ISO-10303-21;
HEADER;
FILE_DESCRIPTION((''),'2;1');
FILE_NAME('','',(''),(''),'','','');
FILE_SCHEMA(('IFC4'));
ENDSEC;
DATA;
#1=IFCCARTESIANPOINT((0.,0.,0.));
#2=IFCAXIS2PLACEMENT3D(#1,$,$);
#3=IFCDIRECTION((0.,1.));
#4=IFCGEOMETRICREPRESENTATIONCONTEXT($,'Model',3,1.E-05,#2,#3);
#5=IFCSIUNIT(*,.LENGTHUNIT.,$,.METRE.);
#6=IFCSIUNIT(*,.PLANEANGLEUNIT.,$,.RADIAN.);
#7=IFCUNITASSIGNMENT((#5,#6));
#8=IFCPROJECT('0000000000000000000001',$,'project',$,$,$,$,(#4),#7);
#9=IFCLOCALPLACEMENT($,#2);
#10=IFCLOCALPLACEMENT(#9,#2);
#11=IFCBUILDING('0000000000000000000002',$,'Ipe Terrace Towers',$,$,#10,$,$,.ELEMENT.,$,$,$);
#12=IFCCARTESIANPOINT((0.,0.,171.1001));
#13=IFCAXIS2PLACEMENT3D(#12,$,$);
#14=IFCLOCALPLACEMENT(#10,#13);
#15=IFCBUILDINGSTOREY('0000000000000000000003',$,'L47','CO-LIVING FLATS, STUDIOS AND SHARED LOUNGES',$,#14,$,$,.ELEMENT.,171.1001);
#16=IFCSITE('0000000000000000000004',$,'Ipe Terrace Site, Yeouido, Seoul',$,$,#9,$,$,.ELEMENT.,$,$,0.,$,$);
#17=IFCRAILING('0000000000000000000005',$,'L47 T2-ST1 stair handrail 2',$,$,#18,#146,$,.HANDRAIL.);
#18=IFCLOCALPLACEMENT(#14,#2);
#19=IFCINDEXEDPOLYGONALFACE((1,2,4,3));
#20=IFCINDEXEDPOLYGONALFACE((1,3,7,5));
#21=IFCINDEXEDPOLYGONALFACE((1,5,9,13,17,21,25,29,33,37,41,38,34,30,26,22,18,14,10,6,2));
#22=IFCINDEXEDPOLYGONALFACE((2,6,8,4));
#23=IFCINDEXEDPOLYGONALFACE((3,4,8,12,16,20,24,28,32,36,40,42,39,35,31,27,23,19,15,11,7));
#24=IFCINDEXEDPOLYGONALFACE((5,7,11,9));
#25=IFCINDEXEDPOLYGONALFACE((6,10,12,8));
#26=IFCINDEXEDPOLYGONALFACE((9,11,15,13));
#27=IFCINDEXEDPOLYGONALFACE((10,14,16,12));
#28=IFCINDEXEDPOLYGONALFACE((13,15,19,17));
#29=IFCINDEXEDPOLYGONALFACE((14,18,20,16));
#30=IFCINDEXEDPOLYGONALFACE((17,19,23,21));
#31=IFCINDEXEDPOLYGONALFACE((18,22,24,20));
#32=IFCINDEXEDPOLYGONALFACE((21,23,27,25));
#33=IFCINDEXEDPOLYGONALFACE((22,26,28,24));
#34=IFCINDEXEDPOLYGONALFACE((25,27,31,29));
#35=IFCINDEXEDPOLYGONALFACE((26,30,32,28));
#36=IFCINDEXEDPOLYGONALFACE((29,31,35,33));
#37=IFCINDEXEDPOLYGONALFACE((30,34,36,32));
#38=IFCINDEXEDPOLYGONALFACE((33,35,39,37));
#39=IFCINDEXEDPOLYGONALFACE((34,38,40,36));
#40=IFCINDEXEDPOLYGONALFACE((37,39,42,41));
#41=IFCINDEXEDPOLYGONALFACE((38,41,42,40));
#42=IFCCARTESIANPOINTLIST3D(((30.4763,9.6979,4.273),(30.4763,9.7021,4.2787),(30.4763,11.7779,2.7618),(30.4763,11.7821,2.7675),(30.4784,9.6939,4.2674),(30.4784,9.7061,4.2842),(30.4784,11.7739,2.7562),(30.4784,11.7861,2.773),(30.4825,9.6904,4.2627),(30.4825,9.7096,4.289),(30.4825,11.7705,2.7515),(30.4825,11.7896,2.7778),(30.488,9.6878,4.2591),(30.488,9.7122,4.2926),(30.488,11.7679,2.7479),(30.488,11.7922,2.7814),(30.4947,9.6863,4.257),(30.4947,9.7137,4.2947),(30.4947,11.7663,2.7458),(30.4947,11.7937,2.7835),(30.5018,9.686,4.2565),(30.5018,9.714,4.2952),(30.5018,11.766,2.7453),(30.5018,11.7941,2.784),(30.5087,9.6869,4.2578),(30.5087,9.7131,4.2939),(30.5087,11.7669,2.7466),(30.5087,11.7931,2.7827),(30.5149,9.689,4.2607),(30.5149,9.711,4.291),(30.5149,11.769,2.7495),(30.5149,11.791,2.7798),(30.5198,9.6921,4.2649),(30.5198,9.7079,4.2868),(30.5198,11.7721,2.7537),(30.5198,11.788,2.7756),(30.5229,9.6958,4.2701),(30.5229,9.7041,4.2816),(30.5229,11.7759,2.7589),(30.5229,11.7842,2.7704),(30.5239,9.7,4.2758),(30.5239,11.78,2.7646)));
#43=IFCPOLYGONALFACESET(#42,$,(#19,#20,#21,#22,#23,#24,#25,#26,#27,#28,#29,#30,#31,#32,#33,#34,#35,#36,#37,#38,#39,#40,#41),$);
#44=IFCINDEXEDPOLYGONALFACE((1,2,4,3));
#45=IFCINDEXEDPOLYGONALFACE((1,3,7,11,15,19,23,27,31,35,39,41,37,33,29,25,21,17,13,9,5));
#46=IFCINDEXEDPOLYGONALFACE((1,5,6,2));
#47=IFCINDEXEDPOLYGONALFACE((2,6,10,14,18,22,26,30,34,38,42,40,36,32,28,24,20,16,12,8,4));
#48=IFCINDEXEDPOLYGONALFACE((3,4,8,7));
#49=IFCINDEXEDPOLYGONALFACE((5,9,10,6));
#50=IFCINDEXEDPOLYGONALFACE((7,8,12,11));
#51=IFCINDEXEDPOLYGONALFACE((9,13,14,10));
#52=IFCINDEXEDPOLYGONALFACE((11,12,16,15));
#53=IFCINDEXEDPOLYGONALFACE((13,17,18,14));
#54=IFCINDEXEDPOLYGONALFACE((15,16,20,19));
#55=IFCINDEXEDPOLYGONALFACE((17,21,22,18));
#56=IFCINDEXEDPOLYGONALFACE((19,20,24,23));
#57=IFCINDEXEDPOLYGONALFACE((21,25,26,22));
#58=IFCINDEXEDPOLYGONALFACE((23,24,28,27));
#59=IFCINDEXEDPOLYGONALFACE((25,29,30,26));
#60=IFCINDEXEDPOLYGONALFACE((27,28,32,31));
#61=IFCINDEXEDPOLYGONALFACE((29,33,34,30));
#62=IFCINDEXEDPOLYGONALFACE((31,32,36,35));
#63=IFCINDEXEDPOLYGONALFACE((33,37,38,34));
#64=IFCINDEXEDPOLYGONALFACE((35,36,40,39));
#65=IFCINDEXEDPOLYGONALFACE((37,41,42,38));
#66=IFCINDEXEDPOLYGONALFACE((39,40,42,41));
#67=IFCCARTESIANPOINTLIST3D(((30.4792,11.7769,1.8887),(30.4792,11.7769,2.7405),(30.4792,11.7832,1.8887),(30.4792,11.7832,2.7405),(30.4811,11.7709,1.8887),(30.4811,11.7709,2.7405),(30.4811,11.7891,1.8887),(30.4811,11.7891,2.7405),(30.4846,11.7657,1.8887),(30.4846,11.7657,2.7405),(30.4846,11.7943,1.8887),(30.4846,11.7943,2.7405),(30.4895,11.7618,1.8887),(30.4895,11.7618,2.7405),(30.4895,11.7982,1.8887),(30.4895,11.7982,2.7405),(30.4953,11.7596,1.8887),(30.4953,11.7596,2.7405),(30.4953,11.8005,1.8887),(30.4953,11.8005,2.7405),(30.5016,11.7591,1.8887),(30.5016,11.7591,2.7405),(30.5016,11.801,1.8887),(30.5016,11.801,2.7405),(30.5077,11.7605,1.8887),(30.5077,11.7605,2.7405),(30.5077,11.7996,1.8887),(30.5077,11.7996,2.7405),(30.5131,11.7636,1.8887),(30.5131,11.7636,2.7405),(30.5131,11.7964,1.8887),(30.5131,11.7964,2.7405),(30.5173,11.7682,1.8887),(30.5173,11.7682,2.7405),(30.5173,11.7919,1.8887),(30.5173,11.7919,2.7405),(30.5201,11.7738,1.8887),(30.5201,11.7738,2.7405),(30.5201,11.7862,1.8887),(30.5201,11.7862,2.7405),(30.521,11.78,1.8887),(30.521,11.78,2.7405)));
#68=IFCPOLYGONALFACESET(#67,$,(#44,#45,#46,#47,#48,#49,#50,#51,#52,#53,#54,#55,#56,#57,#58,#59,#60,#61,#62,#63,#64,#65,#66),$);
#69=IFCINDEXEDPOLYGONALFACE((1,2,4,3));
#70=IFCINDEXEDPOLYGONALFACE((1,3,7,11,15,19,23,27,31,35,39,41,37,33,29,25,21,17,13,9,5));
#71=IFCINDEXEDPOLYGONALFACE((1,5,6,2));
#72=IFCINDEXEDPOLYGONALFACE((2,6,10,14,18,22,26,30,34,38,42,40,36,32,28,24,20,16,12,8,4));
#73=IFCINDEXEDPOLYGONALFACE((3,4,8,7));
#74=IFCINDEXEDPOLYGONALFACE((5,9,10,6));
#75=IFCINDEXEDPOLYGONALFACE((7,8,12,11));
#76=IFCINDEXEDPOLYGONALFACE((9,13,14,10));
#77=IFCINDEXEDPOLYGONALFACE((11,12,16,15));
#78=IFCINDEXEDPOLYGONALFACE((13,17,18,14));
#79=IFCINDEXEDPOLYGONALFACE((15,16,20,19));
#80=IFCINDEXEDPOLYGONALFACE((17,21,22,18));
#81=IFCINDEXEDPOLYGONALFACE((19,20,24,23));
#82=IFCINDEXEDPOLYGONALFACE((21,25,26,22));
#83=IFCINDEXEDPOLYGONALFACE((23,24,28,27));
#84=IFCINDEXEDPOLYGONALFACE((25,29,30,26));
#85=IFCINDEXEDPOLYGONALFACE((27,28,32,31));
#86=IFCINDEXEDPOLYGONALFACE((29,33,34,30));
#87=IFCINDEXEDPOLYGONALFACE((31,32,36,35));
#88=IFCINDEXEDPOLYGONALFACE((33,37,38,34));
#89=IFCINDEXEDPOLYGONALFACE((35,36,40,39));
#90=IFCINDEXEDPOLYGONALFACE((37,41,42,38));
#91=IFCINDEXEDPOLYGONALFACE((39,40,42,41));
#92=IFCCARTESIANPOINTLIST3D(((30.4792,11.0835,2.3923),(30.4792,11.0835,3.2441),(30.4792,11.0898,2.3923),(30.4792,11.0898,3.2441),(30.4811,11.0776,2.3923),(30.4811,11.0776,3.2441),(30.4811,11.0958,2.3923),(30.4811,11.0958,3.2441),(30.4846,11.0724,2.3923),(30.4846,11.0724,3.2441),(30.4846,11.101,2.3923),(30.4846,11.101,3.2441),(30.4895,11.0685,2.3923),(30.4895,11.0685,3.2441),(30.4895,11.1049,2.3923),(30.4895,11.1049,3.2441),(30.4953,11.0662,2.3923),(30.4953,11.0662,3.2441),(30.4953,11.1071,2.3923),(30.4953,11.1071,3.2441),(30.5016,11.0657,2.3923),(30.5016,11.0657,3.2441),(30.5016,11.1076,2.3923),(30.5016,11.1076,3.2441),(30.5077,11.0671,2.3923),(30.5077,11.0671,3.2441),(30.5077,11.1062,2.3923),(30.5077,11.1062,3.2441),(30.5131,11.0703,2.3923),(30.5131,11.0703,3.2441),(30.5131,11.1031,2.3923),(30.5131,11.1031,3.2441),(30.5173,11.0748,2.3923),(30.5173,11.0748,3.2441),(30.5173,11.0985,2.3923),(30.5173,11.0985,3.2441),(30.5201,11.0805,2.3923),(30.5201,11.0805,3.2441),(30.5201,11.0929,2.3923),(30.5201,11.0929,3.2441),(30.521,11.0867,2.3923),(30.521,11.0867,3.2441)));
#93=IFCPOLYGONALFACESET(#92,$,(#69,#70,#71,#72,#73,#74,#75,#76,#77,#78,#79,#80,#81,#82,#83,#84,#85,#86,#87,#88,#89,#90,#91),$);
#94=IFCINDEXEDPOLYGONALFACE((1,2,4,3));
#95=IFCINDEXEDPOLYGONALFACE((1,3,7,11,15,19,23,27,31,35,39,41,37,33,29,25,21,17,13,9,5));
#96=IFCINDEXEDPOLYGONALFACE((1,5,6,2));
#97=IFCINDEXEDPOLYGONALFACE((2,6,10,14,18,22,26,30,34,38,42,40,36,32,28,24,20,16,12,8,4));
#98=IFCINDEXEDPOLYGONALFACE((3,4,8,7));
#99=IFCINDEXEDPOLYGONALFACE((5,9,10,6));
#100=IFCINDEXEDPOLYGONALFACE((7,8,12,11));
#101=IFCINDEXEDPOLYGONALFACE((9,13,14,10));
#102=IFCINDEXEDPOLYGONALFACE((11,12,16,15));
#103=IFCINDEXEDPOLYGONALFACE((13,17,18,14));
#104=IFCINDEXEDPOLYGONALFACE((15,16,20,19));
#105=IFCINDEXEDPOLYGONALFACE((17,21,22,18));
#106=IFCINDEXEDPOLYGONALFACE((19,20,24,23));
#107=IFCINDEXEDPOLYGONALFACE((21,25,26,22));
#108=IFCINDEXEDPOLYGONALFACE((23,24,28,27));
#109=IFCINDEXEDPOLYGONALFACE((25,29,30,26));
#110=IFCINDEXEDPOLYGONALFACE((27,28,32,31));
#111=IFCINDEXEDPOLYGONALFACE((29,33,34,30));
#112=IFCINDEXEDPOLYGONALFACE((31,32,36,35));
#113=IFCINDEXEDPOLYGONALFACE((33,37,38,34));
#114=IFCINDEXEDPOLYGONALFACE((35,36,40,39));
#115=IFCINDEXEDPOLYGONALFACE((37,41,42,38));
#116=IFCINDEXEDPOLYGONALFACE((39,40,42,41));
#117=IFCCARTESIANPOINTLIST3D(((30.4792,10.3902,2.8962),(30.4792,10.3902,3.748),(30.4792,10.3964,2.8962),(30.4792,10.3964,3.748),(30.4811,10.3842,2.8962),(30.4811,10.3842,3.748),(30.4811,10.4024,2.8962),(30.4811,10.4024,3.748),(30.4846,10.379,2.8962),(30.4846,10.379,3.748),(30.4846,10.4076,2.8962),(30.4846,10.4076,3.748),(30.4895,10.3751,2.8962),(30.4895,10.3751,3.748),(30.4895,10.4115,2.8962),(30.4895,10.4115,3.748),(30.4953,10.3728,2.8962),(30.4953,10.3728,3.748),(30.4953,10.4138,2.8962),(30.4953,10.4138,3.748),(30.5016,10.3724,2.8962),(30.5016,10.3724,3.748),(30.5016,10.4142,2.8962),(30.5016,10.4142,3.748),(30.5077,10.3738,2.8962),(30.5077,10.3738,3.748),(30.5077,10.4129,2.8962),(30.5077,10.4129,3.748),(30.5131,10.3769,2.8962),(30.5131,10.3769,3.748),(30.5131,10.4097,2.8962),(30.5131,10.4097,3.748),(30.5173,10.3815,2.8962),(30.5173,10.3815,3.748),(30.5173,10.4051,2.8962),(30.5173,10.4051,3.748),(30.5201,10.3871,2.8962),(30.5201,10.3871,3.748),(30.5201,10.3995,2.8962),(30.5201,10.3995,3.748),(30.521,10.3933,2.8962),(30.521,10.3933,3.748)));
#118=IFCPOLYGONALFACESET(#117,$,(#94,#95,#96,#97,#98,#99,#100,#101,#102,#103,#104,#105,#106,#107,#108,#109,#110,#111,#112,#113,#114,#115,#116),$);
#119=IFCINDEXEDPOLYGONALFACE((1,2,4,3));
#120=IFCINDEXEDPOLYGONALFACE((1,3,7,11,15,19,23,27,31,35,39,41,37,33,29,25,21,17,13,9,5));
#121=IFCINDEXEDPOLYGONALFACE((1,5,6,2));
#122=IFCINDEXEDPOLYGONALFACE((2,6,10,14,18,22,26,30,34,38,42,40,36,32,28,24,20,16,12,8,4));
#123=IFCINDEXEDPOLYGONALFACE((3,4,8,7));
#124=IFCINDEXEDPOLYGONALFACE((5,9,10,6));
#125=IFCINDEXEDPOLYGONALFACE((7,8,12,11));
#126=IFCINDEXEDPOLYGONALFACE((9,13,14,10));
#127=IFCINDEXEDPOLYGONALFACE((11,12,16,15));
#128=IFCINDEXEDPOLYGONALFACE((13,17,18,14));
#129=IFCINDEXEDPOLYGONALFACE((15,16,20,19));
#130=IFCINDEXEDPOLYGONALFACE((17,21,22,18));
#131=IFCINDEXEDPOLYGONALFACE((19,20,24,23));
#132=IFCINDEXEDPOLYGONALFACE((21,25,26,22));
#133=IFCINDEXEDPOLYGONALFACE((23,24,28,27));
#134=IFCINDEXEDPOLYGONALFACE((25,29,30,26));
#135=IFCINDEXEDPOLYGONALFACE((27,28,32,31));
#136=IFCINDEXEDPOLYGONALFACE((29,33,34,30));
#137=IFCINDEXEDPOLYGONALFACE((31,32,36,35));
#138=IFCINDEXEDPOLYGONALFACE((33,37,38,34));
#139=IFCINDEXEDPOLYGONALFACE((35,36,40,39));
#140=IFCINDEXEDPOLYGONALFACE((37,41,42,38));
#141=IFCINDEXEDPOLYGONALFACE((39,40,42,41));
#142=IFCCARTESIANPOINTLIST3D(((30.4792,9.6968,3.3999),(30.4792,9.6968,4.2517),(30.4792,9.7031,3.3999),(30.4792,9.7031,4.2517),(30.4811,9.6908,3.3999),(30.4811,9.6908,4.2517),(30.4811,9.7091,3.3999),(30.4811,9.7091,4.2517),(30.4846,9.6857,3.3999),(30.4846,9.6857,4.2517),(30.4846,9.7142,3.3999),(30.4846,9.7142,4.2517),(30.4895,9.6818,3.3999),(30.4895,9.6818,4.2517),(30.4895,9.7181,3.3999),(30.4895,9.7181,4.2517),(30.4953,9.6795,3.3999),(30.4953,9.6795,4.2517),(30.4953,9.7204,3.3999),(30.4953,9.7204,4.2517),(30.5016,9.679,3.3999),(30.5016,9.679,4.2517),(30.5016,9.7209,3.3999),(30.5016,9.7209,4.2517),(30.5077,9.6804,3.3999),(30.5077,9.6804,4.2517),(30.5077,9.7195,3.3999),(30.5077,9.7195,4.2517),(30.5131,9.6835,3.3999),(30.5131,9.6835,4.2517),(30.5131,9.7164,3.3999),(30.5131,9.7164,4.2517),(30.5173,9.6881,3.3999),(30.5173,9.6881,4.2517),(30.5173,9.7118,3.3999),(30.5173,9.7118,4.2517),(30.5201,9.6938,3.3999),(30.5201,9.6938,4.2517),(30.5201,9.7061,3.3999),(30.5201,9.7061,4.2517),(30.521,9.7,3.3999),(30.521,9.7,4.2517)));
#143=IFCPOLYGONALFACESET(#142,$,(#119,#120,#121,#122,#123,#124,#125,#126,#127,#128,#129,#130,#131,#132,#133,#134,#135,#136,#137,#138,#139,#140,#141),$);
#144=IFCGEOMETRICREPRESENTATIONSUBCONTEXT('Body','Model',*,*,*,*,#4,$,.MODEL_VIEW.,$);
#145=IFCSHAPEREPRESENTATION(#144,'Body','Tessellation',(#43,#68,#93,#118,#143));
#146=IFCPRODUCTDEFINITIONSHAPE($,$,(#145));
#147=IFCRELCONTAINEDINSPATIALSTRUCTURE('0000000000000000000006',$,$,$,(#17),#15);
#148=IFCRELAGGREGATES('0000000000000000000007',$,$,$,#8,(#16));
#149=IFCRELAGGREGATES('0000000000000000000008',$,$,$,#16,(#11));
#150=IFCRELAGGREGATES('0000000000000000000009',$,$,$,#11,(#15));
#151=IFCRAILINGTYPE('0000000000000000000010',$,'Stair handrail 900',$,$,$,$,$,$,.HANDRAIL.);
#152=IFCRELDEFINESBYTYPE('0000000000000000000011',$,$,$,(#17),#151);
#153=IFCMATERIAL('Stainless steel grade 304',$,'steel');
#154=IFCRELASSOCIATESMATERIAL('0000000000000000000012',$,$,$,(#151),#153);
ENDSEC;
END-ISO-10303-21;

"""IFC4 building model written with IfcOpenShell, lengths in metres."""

from ifc_helpers import new_model, si_unit, direction, frame, origin, origin_2d, place, context, subcontext, project, spatial, circle, extrude, material, type_object, element, save


model = new_model("IFC4")

# Units and contexts
model_context = context("Model", 3, precision=1e-05, world=origin(), true_north=direction((0.0, 1.0)))
body_context = subcontext(model_context, "Body", "Model", "MODEL_VIEW")
ifc_project = project(units=[si_unit("LENGTHUNIT", "METRE"), si_unit("PLANEANGLEUNIT", "RADIAN")], contexts=[model_context])

# Site, building, storey
site_placement = place(None, origin())
site = spatial("IfcSite", under=ifc_project, at=site_placement, Name="Ipe Terrace Site, Yeouido, Seoul", CompositionType="ELEMENT", RefElevation=0.0)
building_placement = place(site_placement, origin())
building = spatial("IfcBuilding", under=site, at=building_placement, Name="Ipe Terrace Towers", CompositionType="ELEMENT")
storey_placement = place(building_placement, frame((0.0, 0.0, 171.1001)))
storey = spatial("IfcBuildingStorey", under=building, at=storey_placement, Name="L47", Description="CO-LIVING FLATS, STUDIOS AND SHARED LOUNGES", CompositionType="ELEMENT", Elevation=171.1001)

# Railing
ifc_material_1 = material(Name="Stainless steel grade 304", Category="steel")
railing_type_1 = type_object("IfcRailingType", Name="Stair handrail 900", PredefinedType="HANDRAIL", material=ifc_material_1)
railing_1_placement = place(storey_placement, frame((30.5, 11.78, 1.8887)))
element("IfcRailing", 1, at=railing_1_placement, inside=storey, type_object=railing_type_1, Name="L47 T2-ST1 stair handrail 2", PredefinedType="HANDRAIL", context=body_context, shape_type="SweptSolid", body=[
    extrude(circle(Radius=0.0239, at=origin_2d()), frame((0.0, 0.0, 0.876), z_axis=(0.0, -0.809023, 0.587776), x_axis=(1.0, 0.0, 0.0)), (0.0, 0.0, 1.0), 2.571),
    extrude(circle(Radius=0.021, at=origin_2d()), origin(), (0.0, 0.0, 1.0), 0.8518),
    extrude(circle(Radius=0.021, at=origin_2d()), frame((0.0, -0.6934, 0.5037)), (0.0, 0.0, 1.0), 0.8518),
    extrude(circle(Radius=0.021, at=origin_2d()), frame((0.0, -1.3867, 1.0076)), (0.0, 0.0, 1.0), 0.8518),
    extrude(circle(Radius=0.021, at=origin_2d()), frame((0.0, -2.0801, 1.5112)), (0.0, 0.0, 1.0), 0.8518),
])

save(model, "model.ifc")
